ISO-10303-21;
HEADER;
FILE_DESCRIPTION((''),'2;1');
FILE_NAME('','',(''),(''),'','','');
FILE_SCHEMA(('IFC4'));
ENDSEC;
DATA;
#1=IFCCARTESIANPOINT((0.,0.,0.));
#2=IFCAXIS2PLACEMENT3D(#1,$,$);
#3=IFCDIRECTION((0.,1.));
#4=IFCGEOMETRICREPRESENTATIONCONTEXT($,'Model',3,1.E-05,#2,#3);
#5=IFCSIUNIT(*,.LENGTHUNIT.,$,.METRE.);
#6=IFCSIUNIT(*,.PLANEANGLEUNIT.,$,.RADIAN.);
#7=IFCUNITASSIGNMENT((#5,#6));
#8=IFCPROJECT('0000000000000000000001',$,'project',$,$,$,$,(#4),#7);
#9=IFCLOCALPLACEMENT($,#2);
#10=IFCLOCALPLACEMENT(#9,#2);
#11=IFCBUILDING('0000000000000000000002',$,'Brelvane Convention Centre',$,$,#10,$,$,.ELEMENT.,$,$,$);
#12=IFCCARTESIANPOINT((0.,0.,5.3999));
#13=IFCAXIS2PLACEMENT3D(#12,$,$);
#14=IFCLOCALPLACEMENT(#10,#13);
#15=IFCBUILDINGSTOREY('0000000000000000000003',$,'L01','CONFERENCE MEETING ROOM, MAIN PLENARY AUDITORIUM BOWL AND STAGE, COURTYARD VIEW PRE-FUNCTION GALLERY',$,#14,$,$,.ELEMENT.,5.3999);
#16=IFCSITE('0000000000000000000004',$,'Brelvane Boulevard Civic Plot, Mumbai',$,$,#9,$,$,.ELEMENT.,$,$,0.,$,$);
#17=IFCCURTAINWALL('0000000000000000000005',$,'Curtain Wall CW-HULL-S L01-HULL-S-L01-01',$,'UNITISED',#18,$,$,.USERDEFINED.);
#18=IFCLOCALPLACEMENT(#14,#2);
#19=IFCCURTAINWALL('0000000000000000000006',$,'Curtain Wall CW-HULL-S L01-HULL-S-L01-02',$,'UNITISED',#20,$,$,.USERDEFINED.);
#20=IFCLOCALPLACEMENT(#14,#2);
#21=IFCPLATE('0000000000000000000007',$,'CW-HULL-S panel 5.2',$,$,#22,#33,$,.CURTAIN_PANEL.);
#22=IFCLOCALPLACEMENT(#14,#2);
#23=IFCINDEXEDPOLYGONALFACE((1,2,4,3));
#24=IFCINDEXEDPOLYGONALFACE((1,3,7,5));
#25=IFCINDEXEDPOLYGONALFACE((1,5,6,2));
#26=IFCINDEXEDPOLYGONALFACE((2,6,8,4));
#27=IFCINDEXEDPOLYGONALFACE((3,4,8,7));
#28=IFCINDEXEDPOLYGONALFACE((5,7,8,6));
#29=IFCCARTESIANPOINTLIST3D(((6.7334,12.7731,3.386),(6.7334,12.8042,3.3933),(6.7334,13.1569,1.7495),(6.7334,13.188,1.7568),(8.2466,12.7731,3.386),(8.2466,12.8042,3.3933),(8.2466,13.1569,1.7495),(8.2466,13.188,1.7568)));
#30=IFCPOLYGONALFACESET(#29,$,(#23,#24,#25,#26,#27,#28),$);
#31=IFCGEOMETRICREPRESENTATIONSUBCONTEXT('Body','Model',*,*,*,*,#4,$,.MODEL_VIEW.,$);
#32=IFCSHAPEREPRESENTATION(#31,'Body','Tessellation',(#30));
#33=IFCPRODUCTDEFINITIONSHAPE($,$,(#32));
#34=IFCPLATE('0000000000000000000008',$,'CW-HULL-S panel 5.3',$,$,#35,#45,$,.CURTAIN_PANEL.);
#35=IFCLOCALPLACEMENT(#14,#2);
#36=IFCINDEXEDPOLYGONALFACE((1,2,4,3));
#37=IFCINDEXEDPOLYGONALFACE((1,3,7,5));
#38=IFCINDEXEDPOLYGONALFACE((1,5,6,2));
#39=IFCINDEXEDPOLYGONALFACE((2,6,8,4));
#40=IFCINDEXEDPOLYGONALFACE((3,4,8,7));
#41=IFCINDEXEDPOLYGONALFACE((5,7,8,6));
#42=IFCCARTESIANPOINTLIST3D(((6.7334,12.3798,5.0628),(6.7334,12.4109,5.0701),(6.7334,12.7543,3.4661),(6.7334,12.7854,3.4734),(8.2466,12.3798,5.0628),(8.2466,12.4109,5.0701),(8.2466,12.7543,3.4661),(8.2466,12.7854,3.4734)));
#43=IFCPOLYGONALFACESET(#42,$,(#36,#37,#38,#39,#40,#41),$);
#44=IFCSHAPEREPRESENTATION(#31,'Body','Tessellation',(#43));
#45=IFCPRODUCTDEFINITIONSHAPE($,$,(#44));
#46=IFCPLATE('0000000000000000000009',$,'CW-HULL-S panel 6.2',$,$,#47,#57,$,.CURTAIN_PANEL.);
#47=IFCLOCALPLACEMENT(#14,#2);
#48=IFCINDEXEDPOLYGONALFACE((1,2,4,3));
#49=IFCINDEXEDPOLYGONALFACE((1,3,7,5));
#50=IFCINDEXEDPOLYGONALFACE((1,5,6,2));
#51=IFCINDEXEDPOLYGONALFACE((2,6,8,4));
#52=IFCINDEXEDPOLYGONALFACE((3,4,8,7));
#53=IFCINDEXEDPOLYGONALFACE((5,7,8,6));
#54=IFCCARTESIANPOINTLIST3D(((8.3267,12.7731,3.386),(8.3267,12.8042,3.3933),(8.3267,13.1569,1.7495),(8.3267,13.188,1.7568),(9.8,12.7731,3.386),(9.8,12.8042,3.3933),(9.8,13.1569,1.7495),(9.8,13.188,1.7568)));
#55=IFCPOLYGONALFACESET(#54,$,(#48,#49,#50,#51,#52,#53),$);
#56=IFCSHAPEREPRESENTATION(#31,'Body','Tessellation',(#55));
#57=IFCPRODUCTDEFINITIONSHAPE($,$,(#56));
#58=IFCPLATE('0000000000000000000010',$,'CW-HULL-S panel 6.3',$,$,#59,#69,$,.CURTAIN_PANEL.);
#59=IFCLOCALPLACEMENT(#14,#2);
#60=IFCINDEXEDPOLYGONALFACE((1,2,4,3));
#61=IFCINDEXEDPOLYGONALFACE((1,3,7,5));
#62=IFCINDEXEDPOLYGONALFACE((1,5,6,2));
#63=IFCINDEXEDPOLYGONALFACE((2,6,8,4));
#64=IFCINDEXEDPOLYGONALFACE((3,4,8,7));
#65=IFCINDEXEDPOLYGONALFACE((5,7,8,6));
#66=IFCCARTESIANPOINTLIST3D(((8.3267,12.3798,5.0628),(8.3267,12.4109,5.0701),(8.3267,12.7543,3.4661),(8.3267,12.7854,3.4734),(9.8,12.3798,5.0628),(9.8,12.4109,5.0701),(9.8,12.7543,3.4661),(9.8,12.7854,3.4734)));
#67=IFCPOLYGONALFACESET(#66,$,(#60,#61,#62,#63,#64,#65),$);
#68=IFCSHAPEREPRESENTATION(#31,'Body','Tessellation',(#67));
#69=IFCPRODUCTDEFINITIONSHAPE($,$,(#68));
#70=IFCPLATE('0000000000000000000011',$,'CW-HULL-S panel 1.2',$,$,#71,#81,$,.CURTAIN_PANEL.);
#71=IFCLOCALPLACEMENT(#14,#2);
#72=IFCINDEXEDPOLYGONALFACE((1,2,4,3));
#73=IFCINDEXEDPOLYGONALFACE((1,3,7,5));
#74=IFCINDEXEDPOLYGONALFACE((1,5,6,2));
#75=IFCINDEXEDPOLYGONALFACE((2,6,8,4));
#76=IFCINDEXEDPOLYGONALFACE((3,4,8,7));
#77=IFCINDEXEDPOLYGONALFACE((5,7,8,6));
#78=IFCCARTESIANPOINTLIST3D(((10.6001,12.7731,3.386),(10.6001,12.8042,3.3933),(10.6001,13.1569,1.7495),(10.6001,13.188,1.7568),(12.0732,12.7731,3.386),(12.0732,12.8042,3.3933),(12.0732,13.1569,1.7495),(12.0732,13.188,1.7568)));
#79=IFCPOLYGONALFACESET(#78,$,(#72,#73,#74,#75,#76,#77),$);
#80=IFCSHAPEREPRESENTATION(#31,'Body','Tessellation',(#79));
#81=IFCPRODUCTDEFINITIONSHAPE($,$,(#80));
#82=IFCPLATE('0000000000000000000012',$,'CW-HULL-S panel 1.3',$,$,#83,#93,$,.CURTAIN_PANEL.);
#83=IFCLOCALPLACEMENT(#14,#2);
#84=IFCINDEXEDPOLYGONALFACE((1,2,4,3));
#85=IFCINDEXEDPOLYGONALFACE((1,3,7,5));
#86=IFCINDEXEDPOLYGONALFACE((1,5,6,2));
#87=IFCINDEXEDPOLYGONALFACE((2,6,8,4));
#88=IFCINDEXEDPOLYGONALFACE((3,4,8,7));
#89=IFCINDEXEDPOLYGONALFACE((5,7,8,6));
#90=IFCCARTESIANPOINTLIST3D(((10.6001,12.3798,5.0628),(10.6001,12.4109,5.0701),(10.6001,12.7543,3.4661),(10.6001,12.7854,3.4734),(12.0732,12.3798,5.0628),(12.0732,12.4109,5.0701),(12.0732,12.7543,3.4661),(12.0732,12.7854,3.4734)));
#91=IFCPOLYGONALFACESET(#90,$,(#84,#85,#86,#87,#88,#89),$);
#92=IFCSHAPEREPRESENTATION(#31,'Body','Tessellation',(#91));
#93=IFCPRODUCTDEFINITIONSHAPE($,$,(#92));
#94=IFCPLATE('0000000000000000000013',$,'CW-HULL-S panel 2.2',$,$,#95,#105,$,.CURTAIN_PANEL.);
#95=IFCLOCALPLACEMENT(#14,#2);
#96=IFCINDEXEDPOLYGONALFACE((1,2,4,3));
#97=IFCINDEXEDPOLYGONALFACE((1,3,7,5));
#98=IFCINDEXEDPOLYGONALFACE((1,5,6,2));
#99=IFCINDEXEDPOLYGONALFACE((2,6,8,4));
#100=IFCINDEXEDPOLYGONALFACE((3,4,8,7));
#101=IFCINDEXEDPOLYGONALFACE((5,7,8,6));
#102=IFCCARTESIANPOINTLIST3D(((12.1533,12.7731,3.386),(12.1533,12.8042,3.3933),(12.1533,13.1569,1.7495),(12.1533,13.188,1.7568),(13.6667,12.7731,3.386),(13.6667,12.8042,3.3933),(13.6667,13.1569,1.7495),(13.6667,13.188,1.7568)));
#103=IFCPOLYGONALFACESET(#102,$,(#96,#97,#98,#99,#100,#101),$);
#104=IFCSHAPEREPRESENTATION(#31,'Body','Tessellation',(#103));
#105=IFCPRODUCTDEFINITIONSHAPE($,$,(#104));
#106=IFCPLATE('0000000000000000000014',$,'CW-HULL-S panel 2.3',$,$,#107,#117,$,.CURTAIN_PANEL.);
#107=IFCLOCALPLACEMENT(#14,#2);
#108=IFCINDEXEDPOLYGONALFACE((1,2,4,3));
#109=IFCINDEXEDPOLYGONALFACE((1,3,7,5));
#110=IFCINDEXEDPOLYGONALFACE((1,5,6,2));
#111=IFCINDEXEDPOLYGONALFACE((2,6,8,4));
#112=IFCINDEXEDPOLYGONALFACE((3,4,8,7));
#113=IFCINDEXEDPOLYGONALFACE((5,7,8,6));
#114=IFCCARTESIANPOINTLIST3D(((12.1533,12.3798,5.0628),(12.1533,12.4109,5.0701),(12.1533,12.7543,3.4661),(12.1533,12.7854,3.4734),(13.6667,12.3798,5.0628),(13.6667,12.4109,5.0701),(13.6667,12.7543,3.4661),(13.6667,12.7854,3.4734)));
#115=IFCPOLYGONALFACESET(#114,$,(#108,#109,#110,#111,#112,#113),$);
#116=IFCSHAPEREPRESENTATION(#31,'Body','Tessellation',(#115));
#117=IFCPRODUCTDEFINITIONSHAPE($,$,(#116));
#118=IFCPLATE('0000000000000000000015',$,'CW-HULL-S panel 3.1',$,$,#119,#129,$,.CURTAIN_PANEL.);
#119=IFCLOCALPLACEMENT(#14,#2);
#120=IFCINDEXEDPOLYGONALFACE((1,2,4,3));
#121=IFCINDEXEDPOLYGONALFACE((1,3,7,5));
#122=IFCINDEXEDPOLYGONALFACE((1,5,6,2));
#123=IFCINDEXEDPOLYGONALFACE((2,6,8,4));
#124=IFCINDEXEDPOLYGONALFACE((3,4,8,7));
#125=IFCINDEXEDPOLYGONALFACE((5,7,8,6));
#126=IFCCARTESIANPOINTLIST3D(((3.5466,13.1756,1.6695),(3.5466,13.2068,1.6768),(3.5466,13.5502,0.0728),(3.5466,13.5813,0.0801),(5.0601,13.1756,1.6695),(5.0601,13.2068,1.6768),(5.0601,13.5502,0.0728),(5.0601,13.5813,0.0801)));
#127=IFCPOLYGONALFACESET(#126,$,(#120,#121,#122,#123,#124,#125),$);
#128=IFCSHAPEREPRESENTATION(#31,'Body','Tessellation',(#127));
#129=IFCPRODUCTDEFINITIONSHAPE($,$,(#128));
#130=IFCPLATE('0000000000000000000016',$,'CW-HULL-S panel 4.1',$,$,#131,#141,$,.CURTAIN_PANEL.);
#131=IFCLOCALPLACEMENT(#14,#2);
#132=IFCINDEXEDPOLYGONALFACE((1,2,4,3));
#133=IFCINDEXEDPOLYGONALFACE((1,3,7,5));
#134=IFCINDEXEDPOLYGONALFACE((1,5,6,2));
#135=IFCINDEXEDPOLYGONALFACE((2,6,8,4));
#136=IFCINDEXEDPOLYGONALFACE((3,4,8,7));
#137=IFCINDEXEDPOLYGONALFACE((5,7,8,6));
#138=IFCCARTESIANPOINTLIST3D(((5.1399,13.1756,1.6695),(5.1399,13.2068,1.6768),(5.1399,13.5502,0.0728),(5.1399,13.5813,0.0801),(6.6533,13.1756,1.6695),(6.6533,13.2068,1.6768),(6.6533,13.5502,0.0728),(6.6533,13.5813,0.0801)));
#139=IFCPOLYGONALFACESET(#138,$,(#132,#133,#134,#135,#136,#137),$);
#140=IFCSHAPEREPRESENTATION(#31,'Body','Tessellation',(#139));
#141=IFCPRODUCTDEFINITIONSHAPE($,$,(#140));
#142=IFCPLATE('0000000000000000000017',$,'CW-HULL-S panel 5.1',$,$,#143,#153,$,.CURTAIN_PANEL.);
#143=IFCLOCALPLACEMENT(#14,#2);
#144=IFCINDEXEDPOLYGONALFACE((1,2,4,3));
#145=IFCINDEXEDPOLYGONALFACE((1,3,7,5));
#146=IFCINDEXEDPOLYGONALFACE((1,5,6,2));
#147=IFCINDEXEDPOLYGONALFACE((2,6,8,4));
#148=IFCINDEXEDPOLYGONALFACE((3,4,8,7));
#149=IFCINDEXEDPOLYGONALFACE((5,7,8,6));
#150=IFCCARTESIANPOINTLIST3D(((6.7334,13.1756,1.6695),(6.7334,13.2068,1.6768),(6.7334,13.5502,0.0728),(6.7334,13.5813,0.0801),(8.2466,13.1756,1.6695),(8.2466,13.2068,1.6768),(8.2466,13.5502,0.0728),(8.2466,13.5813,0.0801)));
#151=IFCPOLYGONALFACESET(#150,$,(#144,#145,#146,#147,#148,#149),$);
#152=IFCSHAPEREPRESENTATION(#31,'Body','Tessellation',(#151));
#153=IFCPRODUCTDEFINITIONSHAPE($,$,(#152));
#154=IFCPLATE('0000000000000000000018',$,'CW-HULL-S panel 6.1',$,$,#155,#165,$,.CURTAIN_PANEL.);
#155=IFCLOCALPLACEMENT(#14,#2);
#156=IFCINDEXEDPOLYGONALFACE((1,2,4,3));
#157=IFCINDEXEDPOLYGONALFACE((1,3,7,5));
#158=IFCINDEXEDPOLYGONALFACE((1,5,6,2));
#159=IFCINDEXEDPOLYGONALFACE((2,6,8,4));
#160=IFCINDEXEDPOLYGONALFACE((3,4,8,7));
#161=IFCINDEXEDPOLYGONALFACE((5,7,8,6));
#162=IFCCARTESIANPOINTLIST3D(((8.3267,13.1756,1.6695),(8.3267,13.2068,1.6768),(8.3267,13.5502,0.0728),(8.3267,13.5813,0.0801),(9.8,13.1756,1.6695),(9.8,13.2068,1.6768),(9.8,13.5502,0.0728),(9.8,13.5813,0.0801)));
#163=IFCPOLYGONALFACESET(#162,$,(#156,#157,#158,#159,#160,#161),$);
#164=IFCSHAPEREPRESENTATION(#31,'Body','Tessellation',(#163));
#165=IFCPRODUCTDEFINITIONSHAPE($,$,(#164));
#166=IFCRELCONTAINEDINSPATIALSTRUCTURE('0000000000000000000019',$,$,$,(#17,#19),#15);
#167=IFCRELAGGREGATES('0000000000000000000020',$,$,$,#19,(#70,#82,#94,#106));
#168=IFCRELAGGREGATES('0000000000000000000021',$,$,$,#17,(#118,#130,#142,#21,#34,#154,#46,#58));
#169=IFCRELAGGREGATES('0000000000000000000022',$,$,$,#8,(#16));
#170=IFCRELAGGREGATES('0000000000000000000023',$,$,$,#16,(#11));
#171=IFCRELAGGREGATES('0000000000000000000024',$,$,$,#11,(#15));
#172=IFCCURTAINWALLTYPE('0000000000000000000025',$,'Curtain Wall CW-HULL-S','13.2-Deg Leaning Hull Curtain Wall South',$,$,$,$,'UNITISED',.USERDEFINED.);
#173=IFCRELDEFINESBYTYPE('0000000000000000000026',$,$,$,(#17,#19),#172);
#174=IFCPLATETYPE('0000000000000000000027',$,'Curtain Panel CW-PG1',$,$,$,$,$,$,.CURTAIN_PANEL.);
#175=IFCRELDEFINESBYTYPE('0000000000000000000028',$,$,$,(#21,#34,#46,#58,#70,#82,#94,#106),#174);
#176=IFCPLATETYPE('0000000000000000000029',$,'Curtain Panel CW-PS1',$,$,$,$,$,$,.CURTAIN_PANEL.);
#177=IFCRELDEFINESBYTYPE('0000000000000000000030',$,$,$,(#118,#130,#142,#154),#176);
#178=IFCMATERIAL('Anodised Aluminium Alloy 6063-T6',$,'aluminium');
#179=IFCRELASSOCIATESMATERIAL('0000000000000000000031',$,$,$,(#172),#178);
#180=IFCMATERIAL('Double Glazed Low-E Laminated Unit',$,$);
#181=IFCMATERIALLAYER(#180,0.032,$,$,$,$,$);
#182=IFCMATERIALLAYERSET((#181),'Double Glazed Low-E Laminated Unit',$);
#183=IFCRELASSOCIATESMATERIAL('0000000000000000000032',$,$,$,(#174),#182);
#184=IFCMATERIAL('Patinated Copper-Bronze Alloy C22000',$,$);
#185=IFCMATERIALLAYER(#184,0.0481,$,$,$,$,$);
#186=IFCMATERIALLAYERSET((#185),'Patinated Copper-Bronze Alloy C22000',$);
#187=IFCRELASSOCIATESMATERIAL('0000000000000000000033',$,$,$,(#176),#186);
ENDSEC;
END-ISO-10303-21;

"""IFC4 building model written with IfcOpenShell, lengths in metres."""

from ifc_helpers import new_model, si_unit, direction, frame, origin, place, context, subcontext, project, spatial, polyline, outline, extrude, material, layer, layer_set, type_object, element, aggregate, save


model = new_model("IFC4")

# Units and contexts
model_context = context("Model", 3, precision=1e-05, world=origin(), true_north=direction((0.0, 1.0)))
body_context = subcontext(model_context, "Body", "Model", "MODEL_VIEW")
ifc_project = project(units=[si_unit("LENGTHUNIT", "METRE"), si_unit("PLANEANGLEUNIT", "RADIAN")], contexts=[model_context])

# Site, building, storey
site_placement = place(None, origin())
site = spatial("IfcSite", under=ifc_project, at=site_placement, Name="Brelvane Boulevard Civic Plot, Mumbai", CompositionType="ELEMENT", RefElevation=0.0)
building_placement = place(site_placement, origin())
building = spatial("IfcBuilding", under=site, at=building_placement, Name="Brelvane Convention Centre", CompositionType="ELEMENT")
storey_placement = place(building_placement, frame((0.0, 0.0, 5.3999)))
storey = spatial("IfcBuildingStorey", under=building, at=storey_placement, Name="L01", Description="CONFERENCE MEETING ROOM, MAIN PLENARY AUDITORIUM BOWL AND STAGE, COURTYARD VIEW PRE-FUNCTION GALLERY", CompositionType="ELEMENT", Elevation=5.3999)

# Curtain walls
ifc_material_1 = material(Name="Anodised Aluminium Alloy 6063-T6", Category="aluminium")
curtain_wall_type = type_object("IfcCurtainWallType", Name="Curtain Wall CW-HULL-S", Description="13.2-Deg Leaning Hull Curtain Wall South", ElementType="UNITISED", PredefinedType="USERDEFINED", material=ifc_material_1)
curtain_wall_1_placement = place(storey_placement, origin())
curtain_wall_1 = element("IfcCurtainWall", 1, at=curtain_wall_1_placement, inside=storey, type_object=curtain_wall_type, Name="Curtain Wall CW-HULL-S L01-HULL-S-L01-01", ObjectType="UNITISED", PredefinedType="USERDEFINED")
curtain_wall_2_placement = place(storey_placement, origin())
curtain_wall_2 = element("IfcCurtainWall", 2, at=curtain_wall_2_placement, inside=storey, type_object=curtain_wall_type, Name="Curtain Wall CW-HULL-S L01-HULL-S-L01-02", ObjectType="UNITISED", PredefinedType="USERDEFINED")

# Plates
ifc_material_2 = material(Name="Double Glazed Low-E Laminated Unit")
ifc_layer_1 = layer(ifc_material_2, 0.032)
ifc_layer_set_1 = layer_set([ifc_layer_1], Name="Double Glazed Low-E Laminated Unit")
plate_type_1 = type_object("IfcPlateType", Name="Curtain Panel CW-PG1", PredefinedType="CURTAIN_PANEL", material=ifc_layer_set_1)
plate_1_placement = place(storey_placement, frame((6.7334, 13.188, 1.7568), z_axis=(0.0, 0.973585, 0.228327), x_axis=(1.0, 0.0, 0.0)))
plate_1 = element("IfcPlate", 3, at=plate_1_placement, type_object=plate_type_1, Name="CW-HULL-S panel 5.2", PredefinedType="CURTAIN_PANEL", context=body_context, shape_type="SweptSolid", body=[
    extrude(outline(polyline([(0.0, 0.0), (1.5132, 0.0), (1.5132, -1.6809), (0.0, -1.6809), (0.0, 0.0)])), origin(), (0.0, 0.0, -1.0), 0.032),
])
plate_2_placement = place(storey_placement, frame((6.7334, 12.7854, 3.4734), z_axis=(0.0, 0.973577, 0.228359), x_axis=(1.0, 0.0, 0.0)))
plate_2 = element("IfcPlate", 4, at=plate_2_placement, type_object=plate_type_1, Name="CW-HULL-S panel 5.3", PredefinedType="CURTAIN_PANEL", context=body_context, shape_type="SweptSolid", body=[
    extrude(outline(polyline([(0.0, 0.0), (1.5132, 0.0), (1.5132, -1.64), (0.0, -1.64), (0.0, 0.0)])), origin(), (0.0, 0.0, -1.0), 0.032),
])
plate_3_placement = place(storey_placement, frame((8.3267, 13.188, 1.7568), z_axis=(0.0, 0.973585, 0.228327), x_axis=(1.0, 0.0, 0.0)))
plate_3 = element("IfcPlate", 5, at=plate_3_placement, type_object=plate_type_1, Name="CW-HULL-S panel 6.2", PredefinedType="CURTAIN_PANEL", context=body_context, shape_type="SweptSolid", body=[
    extrude(outline(polyline([(0.0, 0.0), (1.4734, 0.0), (1.4734, -1.6809), (0.0, -1.6809), (0.0, 0.0)])), origin(), (0.0, 0.0, -1.0), 0.032),
])
plate_4_placement = place(storey_placement, frame((8.3267, 12.7854, 3.4734), z_axis=(0.0, 0.973577, 0.228359), x_axis=(1.0, 0.0, 0.0)))
plate_4 = element("IfcPlate", 6, at=plate_4_placement, type_object=plate_type_1, Name="CW-HULL-S panel 6.3", PredefinedType="CURTAIN_PANEL", context=body_context, shape_type="SweptSolid", body=[
    extrude(outline(polyline([(0.0, 0.0), (1.4734, 0.0), (1.4734, -1.64), (0.0, -1.64), (0.0, 0.0)])), origin(), (0.0, 0.0, -1.0), 0.032),
])
plate_5_placement = place(storey_placement, frame((10.6001, 13.188, 1.7568), z_axis=(0.0, 0.973585, 0.228327), x_axis=(1.0, 0.0, 0.0)))
plate_5 = element("IfcPlate", 7, at=plate_5_placement, type_object=plate_type_1, Name="CW-HULL-S panel 1.2", PredefinedType="CURTAIN_PANEL", context=body_context, shape_type="SweptSolid", body=[
    extrude(outline(polyline([(0.0, 0.0), (1.4731, 0.0), (1.4731, -1.6809), (0.0, -1.6809), (0.0, 0.0)])), origin(), (0.0, 0.0, -1.0), 0.032),
])
plate_6_placement = place(storey_placement, frame((10.6001, 12.7854, 3.4734), z_axis=(0.0, 0.973577, 0.228359), x_axis=(1.0, 0.0, 0.0)))
plate_6 = element("IfcPlate", 8, at=plate_6_placement, type_object=plate_type_1, Name="CW-HULL-S panel 1.3", PredefinedType="CURTAIN_PANEL", context=body_context, shape_type="SweptSolid", body=[
    extrude(outline(polyline([(0.0, 0.0), (1.4731, 0.0), (1.4731, -1.64), (0.0, -1.64), (0.0, 0.0)])), origin(), (0.0, 0.0, -1.0), 0.032),
])
plate_7_placement = place(storey_placement, frame((12.1533, 13.188, 1.7568), z_axis=(0.0, 0.973585, 0.228327), x_axis=(1.0, 0.0, 0.0)))
plate_7 = element("IfcPlate", 9, at=plate_7_placement, type_object=plate_type_1, Name="CW-HULL-S panel 2.2", PredefinedType="CURTAIN_PANEL", context=body_context, shape_type="SweptSolid", body=[
    extrude(outline(polyline([(0.0, 0.0), (1.5134, 0.0), (1.5134, -1.6809), (0.0, -1.6809), (0.0, 0.0)])), origin(), (0.0, 0.0, -1.0), 0.032),
])
plate_8_placement = place(storey_placement, frame((12.1533, 12.7854, 3.4734), z_axis=(0.0, 0.973577, 0.228359), x_axis=(1.0, 0.0, 0.0)))
plate_8 = element("IfcPlate", 10, at=plate_8_placement, type_object=plate_type_1, Name="CW-HULL-S panel 2.3", PredefinedType="CURTAIN_PANEL", context=body_context, shape_type="SweptSolid", body=[
    extrude(outline(polyline([(0.0, 0.0), (1.5134, 0.0), (1.5134, -1.64), (0.0, -1.64), (0.0, 0.0)])), origin(), (0.0, 0.0, -1.0), 0.032),
])
aggregate(curtain_wall_2, [plate_5, plate_6, plate_7, plate_8])
ifc_material_3 = material(Name="Patinated Copper-Bronze Alloy C22000")
ifc_layer_2 = layer(ifc_material_3, 0.0481)
ifc_layer_set_2 = layer_set([ifc_layer_2], Name="Patinated Copper-Bronze Alloy C22000")
plate_type_2 = type_object("IfcPlateType", Name="Curtain Panel CW-PS1", PredefinedType="CURTAIN_PANEL", material=ifc_layer_set_2)
plate_9_placement = place(storey_placement, frame((3.5466, 13.5813, 0.0801), z_axis=(0.0, 0.973577, 0.228359), x_axis=(1.0, 0.0, 0.0)))
plate_9 = element("IfcPlate", 11, at=plate_9_placement, type_object=plate_type_2, Name="CW-HULL-S panel 3.1", PredefinedType="CURTAIN_PANEL", context=body_context, shape_type="SweptSolid", body=[
    extrude(outline(polyline([(0.0, 0.0), (1.5134, 0.0), (1.5134, -1.64), (0.0, -1.64), (0.0, 0.0)])), origin(), (0.0, 0.0, -1.0), 0.032),
])
plate_10_placement = place(storey_placement, frame((5.1399, 13.5813, 0.0801), z_axis=(0.0, 0.973577, 0.228359), x_axis=(1.0, 0.0, 0.0)))
plate_10 = element("IfcPlate", 12, at=plate_10_placement, type_object=plate_type_2, Name="CW-HULL-S panel 4.1", PredefinedType="CURTAIN_PANEL", context=body_context, shape_type="SweptSolid", body=[
    extrude(outline(polyline([(0.0, 0.0), (1.5134, 0.0), (1.5134, -1.64), (0.0, -1.64), (0.0, 0.0)])), origin(), (0.0, 0.0, -1.0), 0.032),
])
plate_11_placement = place(storey_placement, frame((6.7334, 13.5813, 0.0801), z_axis=(0.0, 0.973577, 0.228359), x_axis=(1.0, 0.0, 0.0)))
plate_11 = element("IfcPlate", 13, at=plate_11_placement, type_object=plate_type_2, Name="CW-HULL-S panel 5.1", PredefinedType="CURTAIN_PANEL", context=body_context, shape_type="SweptSolid", body=[
    extrude(outline(polyline([(0.0, 0.0), (1.5132, 0.0), (1.5132, -1.64), (0.0, -1.64), (0.0, 0.0)])), origin(), (0.0, 0.0, -1.0), 0.032),
])
plate_12_placement = place(storey_placement, frame((8.3267, 13.5813, 0.0801), z_axis=(0.0, 0.973577, 0.228359), x_axis=(1.0, 0.0, 0.0)))
plate_12 = element("IfcPlate", 14, at=plate_12_placement, type_object=plate_type_2, Name="CW-HULL-S panel 6.1", PredefinedType="CURTAIN_PANEL", context=body_context, shape_type="SweptSolid", body=[
    extrude(outline(polyline([(0.0, 0.0), (1.4734, 0.0), (1.4734, -1.64), (0.0, -1.64), (0.0, 0.0)])), origin(), (0.0, 0.0, -1.0), 0.032),
])
aggregate(curtain_wall_1, [plate_9, plate_10, plate_11, plate_1, plate_2, plate_12, plate_3, plate_4])

save(model, "model.ifc")
